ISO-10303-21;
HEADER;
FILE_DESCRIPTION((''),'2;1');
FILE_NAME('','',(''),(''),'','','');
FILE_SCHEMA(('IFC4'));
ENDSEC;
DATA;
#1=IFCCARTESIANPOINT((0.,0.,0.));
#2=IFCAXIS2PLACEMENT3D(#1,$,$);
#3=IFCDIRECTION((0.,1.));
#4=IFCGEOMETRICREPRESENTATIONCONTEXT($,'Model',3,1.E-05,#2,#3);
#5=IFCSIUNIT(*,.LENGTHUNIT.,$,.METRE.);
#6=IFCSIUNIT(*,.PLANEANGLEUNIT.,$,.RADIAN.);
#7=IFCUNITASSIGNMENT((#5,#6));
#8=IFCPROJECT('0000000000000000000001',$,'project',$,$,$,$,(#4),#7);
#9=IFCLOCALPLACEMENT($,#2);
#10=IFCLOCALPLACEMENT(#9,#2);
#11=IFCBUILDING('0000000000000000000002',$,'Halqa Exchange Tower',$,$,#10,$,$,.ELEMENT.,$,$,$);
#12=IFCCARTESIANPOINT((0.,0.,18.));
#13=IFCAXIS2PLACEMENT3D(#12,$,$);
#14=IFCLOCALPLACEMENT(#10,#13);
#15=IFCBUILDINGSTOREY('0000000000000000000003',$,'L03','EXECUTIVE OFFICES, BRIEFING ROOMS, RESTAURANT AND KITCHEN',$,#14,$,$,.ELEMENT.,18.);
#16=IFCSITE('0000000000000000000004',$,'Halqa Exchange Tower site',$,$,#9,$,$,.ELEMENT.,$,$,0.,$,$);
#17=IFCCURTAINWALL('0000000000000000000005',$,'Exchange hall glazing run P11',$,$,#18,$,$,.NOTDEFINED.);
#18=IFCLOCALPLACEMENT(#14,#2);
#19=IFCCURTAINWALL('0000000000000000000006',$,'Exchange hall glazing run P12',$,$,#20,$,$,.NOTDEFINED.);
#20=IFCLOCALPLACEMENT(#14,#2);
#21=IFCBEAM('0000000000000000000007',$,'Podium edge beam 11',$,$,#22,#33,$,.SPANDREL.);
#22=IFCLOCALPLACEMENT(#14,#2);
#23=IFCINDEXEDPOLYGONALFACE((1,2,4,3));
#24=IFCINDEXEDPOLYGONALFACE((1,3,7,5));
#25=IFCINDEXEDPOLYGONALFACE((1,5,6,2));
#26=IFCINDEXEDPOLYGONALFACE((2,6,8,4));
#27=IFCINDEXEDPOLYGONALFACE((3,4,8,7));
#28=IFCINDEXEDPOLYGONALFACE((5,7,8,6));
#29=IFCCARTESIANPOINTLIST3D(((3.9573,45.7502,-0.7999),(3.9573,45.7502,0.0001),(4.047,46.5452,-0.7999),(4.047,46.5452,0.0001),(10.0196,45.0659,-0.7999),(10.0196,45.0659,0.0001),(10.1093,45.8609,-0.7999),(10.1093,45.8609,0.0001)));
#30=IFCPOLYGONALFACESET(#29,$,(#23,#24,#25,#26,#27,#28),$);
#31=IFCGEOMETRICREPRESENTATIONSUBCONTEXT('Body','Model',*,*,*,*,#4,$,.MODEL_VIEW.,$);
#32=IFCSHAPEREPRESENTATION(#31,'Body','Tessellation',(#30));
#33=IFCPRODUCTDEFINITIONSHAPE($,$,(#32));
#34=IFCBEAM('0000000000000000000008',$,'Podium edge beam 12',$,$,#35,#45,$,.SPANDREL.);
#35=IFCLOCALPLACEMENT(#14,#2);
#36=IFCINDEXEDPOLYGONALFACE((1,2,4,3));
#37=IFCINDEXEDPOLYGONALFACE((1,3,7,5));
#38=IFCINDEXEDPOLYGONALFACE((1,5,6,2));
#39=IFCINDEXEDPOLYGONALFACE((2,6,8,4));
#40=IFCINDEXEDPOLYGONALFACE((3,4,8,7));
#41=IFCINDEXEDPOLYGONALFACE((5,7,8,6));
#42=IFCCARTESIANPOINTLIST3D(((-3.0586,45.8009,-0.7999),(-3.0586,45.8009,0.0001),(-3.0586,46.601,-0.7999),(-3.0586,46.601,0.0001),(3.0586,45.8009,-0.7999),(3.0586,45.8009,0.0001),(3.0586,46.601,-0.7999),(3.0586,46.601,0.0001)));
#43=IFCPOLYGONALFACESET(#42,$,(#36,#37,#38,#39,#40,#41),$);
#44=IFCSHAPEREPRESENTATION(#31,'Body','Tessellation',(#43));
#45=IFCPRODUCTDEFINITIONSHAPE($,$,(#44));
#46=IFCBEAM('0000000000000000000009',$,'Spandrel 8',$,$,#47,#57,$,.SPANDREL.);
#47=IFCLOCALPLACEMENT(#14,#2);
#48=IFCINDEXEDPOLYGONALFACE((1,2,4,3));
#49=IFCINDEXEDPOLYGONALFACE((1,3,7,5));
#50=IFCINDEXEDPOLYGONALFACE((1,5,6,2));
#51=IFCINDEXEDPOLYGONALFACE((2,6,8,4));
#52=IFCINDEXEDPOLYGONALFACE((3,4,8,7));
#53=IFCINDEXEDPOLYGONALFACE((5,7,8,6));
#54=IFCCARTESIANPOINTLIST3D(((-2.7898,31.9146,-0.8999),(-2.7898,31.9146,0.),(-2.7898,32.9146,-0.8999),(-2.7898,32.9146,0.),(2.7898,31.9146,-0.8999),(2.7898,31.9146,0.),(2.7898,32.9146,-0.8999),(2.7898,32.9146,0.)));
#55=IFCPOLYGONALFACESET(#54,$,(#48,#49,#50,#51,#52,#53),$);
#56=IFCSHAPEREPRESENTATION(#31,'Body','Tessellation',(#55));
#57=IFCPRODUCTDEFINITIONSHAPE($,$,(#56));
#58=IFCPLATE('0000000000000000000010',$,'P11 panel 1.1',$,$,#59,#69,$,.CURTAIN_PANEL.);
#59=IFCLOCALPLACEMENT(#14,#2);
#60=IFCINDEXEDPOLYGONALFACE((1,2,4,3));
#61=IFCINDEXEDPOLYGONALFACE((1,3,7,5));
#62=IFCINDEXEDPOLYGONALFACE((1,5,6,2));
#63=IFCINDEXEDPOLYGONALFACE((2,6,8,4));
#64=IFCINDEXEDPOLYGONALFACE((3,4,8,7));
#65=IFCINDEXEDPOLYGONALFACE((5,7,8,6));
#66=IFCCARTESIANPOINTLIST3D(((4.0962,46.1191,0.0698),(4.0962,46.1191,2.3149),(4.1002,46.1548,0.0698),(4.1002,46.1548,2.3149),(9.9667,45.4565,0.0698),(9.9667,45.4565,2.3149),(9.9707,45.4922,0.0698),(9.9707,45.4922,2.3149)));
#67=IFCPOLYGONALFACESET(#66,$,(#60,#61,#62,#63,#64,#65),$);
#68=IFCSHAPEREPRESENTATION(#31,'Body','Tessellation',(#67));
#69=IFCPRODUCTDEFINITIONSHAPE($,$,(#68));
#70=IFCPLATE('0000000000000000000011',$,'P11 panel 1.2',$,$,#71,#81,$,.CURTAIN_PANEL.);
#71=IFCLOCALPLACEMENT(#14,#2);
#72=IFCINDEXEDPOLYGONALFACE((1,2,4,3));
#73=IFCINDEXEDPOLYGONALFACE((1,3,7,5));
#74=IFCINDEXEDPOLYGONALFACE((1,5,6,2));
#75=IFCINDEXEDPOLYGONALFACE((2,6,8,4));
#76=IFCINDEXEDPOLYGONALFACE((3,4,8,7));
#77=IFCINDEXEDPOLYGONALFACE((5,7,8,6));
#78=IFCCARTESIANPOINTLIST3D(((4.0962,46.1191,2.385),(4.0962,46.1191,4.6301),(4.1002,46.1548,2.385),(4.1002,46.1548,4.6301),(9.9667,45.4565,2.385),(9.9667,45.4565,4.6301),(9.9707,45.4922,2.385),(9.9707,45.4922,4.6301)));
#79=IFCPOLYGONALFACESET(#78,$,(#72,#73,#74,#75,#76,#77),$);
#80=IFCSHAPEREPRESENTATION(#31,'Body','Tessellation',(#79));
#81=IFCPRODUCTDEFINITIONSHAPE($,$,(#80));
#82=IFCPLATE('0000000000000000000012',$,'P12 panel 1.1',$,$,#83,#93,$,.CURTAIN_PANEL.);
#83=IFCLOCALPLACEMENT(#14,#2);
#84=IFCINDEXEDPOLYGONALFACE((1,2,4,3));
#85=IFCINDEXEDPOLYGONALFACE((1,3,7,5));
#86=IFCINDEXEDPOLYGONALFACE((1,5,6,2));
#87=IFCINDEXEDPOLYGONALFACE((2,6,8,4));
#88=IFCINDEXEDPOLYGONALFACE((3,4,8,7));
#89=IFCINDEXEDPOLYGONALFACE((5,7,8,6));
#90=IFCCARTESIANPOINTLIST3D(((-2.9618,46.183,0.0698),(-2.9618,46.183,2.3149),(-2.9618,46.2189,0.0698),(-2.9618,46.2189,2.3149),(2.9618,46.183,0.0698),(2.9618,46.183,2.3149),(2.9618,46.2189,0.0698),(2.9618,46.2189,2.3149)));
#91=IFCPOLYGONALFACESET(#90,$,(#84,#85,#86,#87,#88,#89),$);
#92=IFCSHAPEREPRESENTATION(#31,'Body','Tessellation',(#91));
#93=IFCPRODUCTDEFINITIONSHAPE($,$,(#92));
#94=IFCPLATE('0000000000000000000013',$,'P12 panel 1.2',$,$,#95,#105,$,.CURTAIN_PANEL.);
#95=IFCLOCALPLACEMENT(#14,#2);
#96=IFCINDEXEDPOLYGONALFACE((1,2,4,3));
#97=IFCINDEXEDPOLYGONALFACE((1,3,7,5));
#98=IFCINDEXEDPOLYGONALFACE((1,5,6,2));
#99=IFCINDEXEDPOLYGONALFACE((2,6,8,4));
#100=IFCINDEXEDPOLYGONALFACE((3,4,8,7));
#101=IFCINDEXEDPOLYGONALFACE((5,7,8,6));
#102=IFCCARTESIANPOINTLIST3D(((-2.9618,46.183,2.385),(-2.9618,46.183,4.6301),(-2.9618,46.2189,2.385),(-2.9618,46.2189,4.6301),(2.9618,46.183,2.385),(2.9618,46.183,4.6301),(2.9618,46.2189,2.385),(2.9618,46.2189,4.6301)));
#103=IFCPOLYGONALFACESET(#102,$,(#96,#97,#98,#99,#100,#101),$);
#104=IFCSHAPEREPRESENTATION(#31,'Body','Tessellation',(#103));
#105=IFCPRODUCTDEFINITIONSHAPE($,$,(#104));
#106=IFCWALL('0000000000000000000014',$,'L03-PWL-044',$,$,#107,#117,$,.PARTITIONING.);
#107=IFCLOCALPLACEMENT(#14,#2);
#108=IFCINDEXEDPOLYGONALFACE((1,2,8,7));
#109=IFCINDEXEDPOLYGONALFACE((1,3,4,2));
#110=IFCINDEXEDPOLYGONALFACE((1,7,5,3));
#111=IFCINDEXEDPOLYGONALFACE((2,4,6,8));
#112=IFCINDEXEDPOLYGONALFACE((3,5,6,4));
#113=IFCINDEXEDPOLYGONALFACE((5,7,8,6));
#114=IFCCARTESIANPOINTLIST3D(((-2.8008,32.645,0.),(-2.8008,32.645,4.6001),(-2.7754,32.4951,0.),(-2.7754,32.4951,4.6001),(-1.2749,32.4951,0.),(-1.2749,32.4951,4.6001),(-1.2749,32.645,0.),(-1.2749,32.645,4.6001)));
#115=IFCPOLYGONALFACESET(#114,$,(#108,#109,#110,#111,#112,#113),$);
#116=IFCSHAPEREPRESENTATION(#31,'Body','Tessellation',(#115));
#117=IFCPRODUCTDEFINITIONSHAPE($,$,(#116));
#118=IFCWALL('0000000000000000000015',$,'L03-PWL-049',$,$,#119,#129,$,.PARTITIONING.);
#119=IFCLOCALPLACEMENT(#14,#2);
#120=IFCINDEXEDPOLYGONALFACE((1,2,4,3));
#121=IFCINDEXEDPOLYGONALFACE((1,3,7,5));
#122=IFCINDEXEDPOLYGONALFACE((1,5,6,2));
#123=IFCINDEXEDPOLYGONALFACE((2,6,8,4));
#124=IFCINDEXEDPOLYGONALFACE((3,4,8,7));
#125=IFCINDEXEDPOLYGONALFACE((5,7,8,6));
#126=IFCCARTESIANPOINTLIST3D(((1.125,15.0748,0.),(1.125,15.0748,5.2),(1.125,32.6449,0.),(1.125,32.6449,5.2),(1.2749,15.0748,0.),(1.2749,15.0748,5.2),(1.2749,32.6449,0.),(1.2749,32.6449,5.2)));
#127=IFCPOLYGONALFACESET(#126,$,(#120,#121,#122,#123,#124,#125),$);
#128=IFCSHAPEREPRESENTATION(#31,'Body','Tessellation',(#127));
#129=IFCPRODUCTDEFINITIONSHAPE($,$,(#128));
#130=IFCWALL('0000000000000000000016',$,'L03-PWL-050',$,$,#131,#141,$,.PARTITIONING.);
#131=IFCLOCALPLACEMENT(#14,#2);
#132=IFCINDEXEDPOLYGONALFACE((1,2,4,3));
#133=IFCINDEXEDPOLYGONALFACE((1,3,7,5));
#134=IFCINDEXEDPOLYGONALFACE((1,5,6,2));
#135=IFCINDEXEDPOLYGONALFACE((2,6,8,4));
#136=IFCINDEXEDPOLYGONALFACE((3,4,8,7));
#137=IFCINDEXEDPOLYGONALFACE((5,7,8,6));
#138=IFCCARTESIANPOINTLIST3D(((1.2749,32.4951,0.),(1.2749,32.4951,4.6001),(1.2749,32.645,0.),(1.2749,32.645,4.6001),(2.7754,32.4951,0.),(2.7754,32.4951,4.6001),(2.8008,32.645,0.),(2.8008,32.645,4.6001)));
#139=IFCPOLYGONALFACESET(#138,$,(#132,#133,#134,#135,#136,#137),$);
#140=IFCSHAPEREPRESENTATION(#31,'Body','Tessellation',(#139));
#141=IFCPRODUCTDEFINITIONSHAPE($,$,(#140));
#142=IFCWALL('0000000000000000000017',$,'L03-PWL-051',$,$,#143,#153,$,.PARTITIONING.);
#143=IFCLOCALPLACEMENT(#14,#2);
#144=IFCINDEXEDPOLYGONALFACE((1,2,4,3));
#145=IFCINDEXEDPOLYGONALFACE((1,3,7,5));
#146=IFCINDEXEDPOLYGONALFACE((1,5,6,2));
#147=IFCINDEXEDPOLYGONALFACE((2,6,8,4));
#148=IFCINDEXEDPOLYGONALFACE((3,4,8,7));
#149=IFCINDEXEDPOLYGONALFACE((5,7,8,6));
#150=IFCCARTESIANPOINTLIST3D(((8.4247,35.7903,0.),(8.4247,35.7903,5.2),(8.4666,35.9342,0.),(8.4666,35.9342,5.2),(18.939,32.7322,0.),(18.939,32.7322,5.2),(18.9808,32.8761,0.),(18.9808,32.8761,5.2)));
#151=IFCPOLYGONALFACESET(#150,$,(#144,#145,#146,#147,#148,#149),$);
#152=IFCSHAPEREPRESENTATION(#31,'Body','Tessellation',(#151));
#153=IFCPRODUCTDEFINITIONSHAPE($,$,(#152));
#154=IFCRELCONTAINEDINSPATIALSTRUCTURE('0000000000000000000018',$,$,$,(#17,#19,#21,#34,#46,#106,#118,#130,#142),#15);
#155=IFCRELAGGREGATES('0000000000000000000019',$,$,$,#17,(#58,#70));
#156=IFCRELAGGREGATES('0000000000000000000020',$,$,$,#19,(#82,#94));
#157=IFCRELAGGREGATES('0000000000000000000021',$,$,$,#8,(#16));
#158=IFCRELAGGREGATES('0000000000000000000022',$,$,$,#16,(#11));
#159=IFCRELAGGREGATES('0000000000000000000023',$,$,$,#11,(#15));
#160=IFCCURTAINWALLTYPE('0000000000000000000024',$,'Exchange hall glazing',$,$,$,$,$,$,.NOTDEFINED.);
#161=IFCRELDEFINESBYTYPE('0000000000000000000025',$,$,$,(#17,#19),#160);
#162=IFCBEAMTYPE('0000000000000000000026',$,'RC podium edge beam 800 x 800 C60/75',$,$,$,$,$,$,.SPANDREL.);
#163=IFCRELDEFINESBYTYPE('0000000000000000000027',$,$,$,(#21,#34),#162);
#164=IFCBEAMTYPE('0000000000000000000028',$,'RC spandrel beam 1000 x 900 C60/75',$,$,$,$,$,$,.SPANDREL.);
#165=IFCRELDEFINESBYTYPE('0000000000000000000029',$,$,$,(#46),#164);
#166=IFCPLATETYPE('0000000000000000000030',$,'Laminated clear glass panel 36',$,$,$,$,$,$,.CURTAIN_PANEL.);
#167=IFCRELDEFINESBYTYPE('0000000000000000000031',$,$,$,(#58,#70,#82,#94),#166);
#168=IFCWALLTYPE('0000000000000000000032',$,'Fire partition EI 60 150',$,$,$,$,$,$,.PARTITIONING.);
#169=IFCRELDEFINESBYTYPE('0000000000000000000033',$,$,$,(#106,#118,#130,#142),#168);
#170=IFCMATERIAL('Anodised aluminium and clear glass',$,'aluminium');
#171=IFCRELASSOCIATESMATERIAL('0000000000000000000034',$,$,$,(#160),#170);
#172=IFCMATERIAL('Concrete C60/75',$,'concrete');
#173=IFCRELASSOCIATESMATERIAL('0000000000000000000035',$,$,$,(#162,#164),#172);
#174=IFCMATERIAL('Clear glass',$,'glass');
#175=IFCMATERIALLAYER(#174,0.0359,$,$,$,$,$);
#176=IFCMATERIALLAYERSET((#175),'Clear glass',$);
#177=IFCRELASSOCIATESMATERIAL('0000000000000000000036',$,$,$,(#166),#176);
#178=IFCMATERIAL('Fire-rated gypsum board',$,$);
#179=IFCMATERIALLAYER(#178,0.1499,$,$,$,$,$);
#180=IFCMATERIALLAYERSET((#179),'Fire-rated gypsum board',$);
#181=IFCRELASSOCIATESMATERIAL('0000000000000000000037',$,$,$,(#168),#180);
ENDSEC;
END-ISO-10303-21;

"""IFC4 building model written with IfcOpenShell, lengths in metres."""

from ifc_helpers import new_model, si_unit, direction, frame, frame_2d, origin, origin_2d, place, context, subcontext, project, spatial, polyline, rectangle, outline, extrude, material, layer, layer_set, material_profile, profile_set, type_object, element, aggregate, save


model = new_model("IFC4")

# Units and contexts
model_context = context("Model", 3, precision=1e-05, world=origin(), true_north=direction((0.0, 1.0)))
body_context = subcontext(model_context, "Body", "Model", "MODEL_VIEW")
ifc_project = project(units=[si_unit("LENGTHUNIT", "METRE"), si_unit("PLANEANGLEUNIT", "RADIAN")], contexts=[model_context])

# Site, building, storey
site_placement = place(None, origin())
site = spatial("IfcSite", under=ifc_project, at=site_placement, Name="Halqa Exchange Tower site", CompositionType="ELEMENT", RefElevation=0.0)
building_placement = place(site_placement, origin())
building = spatial("IfcBuilding", under=site, at=building_placement, Name="Halqa Exchange Tower", CompositionType="ELEMENT")
storey_placement = place(building_placement, frame((0.0, 0.0, 18.0)))
storey = spatial("IfcBuildingStorey", under=building, at=storey_placement, Name="L03", Description="EXECUTIVE OFFICES, BRIEFING ROOMS, RESTAURANT AND KITCHEN", CompositionType="ELEMENT", Elevation=18.0)

# Shared definitions
ifc_material_1 = material(Name="Concrete C60/75", Category="concrete")

# Curtain wall
ifc_material_2 = material(Name="Anodised aluminium and clear glass", Category="aluminium")
curtain_wall_type = type_object("IfcCurtainWallType", Name="Exchange hall glazing", PredefinedType="NOTDEFINED", material=ifc_material_2)
curtain_wall_1_placement = place(storey_placement, origin())
curtain_wall_1 = element("IfcCurtainWall", 1, at=curtain_wall_1_placement, inside=storey, type_object=curtain_wall_type, Name="Exchange hall glazing run P11", PredefinedType="NOTDEFINED")

# Curtain wall
curtain_wall_2_placement = place(storey_placement, origin())
curtain_wall_2 = element("IfcCurtainWall", 2, at=curtain_wall_2_placement, inside=storey, type_object=curtain_wall_type, Name="Exchange hall glazing run P12", PredefinedType="NOTDEFINED")

# Beams
ifc_material_profile_1 = material_profile(ifc_material_1, rectangle(XDim=0.8, YDim=0.8, at=origin_2d()), Name="800 x 800")
ifc_profile_set_1 = profile_set([ifc_material_profile_1], Name="Concrete C60/75")
beam_type_1 = type_object("IfcBeamType", Name="RC podium edge beam 800 x 800 C60/75", PredefinedType="SPANDREL", material=ifc_profile_set_1)
beam_1_placement = place(storey_placement, frame((10.0645, 45.4634, -0.3999), z_axis=(-0.993689, 0.112171, 0.0), x_axis=(-0.112171, -0.993689, 0.0)))
element("IfcBeam", 3, at=beam_1_placement, inside=storey, type_object=beam_type_1, Name="Podium edge beam 11", PredefinedType="SPANDREL", context=body_context, shape_type="SweptSolid", body=[
    extrude(rectangle(XDim=0.8, YDim=0.8, at=origin_2d()), origin(), (0.0, 0.0, 1.0), 6.1008),
])
beam_2_placement = place(storey_placement, frame((3.0586, 46.2009, -0.3999), z_axis=(-1.0, 0.0, 0.0), x_axis=(0.0, -1.0, 0.0)))
element("IfcBeam", 4, at=beam_2_placement, inside=storey, type_object=beam_type_1, Name="Podium edge beam 12", PredefinedType="SPANDREL", context=body_context, shape_type="SweptSolid", body=[
    extrude(rectangle(XDim=0.8, YDim=0.8, at=origin_2d()), origin(), (0.0, 0.0, 1.0), 6.1172),
])
ifc_material_profile_2 = material_profile(ifc_material_1, rectangle(XDim=1.0, YDim=0.8999, at=origin_2d()), Name="1000 x 900")
ifc_profile_set_2 = profile_set([ifc_material_profile_2], Name="Concrete C60/75")
beam_type_2 = type_object("IfcBeamType", Name="RC spandrel beam 1000 x 900 C60/75", PredefinedType="SPANDREL", material=ifc_profile_set_2)
beam_3_placement = place(storey_placement, frame((2.7898, 32.4146, -0.45), z_axis=(-1.0, 0.0, 0.0), x_axis=(0.0, -1.0, 0.0)))
element("IfcBeam", 5, at=beam_3_placement, inside=storey, type_object=beam_type_2, Name="Spandrel 8", PredefinedType="SPANDREL", context=body_context, shape_type="SweptSolid", body=[
    extrude(rectangle(XDim=1.0, YDim=0.8999, at=origin_2d()), origin(), (0.0, 0.0, 1.0), 5.5796),
])

# Plates
ifc_material_3 = material(Name="Clear glass", Category="glass")
ifc_layer_1 = layer(ifc_material_3, 0.0359)
ifc_layer_set_1 = layer_set([ifc_layer_1], Name="Clear glass")
plate_type = type_object("IfcPlateType", Name="Laminated clear glass panel 36", PredefinedType="CURTAIN_PANEL", material=ifc_layer_set_1)
plate_1_placement = place(storey_placement, frame((7.0334, 45.8057, 0.0698), z_axis=(0.0, 0.0, 1.0), x_axis=(-0.99369, 0.112159, 0.0)))
plate_1 = element("IfcPlate", 6, at=plate_1_placement, type_object=plate_type, Name="P11 panel 1.1", PredefinedType="CURTAIN_PANEL", context=body_context, shape_type="SweptSolid", body=[
    extrude(rectangle(XDim=5.9077, YDim=0.0359, at=origin_2d()), origin(), (0.0, 0.0, 1.0), 2.2451),
])
plate_2_placement = place(storey_placement, frame((7.0334, 45.8057, 2.385), z_axis=(0.0, 0.0, 1.0), x_axis=(-0.99369, 0.112159, 0.0)))
plate_2 = element("IfcPlate", 7, at=plate_2_placement, type_object=plate_type, Name="P11 panel 1.2", PredefinedType="CURTAIN_PANEL", context=body_context, shape_type="SweptSolid", body=[
    extrude(rectangle(XDim=5.9077, YDim=0.0359, at=origin_2d()), origin(), (0.0, 0.0, 1.0), 2.2451),
])
aggregate(curtain_wall_1, [plate_1, plate_2])
plate_3_placement = place(storey_placement, frame((0.0, 46.2009, 0.0698), z_axis=(0.0, 0.0, 1.0), x_axis=(-1.0, 0.0, 0.0)))
plate_3 = element("IfcPlate", 8, at=plate_3_placement, type_object=plate_type, Name="P12 panel 1.1", PredefinedType="CURTAIN_PANEL", context=body_context, shape_type="SweptSolid", body=[
    extrude(rectangle(XDim=5.9236, YDim=0.0359, at=origin_2d()), origin(), (0.0, 0.0, 1.0), 2.2451),
])
plate_4_placement = place(storey_placement, frame((0.0, 46.2009, 2.385), z_axis=(0.0, 0.0, 1.0), x_axis=(-1.0, 0.0, 0.0)))
plate_4 = element("IfcPlate", 9, at=plate_4_placement, type_object=plate_type, Name="P12 panel 1.2", PredefinedType="CURTAIN_PANEL", context=body_context, shape_type="SweptSolid", body=[
    extrude(rectangle(XDim=5.9236, YDim=0.0359, at=origin_2d()), origin(), (0.0, 0.0, 1.0), 2.2451),
])
aggregate(curtain_wall_2, [plate_3, plate_4])

# Walls
ifc_material_4 = material(Name="Fire-rated gypsum board")
ifc_layer_2 = layer(ifc_material_4, 0.1499)
ifc_layer_set_2 = layer_set([ifc_layer_2], Name="Fire-rated gypsum board")
wall_type = type_object("IfcWallType", Name="Fire partition EI 60 150", PredefinedType="PARTITIONING", material=ifc_layer_set_2)
wall_1_placement = place(storey_placement, frame((-1.2749, 32.5701, 0.0), z_axis=(0.0, 0.0, 1.0), x_axis=(-1.0, 0.0, 0.0)))
element("IfcWall", 10, at=wall_1_placement, inside=storey, type_object=wall_type, Name="L03-PWL-044", PredefinedType="PARTITIONING", context=body_context, shape_type="SweptSolid", body=[
    extrude(outline(polyline([(0.0, -0.075), (1.5259, -0.075), (1.5005, 0.075), (0.0, 0.075), (0.0, -0.075)])), origin(), (0.0, 0.0, 1.0), 4.6001),
])
wall_2_placement = place(storey_placement, frame((1.2, 32.645, 0.0), z_axis=(0.0, 0.0, 1.0), x_axis=(0.0, -1.0, 0.0)))
element("IfcWall", 11, at=wall_2_placement, inside=storey, type_object=wall_type, Name="L03-PWL-049", PredefinedType="PARTITIONING", context=body_context, shape_type="SweptSolid", body=[
    extrude(rectangle(XDim=17.5701, YDim=0.1499, at=frame_2d((8.7852, 0.0))), origin(), (0.0, 0.0, 1.0), 5.2),
])
wall_3_placement = place(storey_placement, frame((2.7881, 32.5701, 0.0), z_axis=(0.0, 0.0, 1.0), x_axis=(-1.0, 0.0, 0.0)))
element("IfcWall", 12, at=wall_3_placement, inside=storey, type_object=wall_type, Name="L03-PWL-050", PredefinedType="PARTITIONING", context=body_context, shape_type="SweptSolid", body=[
    extrude(outline(polyline([(-0.0127, -0.075), (1.5132, -0.075), (1.5132, 0.075), (0.0127, 0.075), (-0.0127, -0.075)])), origin(), (0.0, 0.0, 1.0), 4.6001),
])
wall_4_placement = place(storey_placement, frame((8.4456, 35.8623, 0.0), z_axis=(0.0, 0.0, 1.0), x_axis=(0.960209, -0.279282, 0.0)))
element("IfcWall", 13, at=wall_4_placement, inside=storey, type_object=wall_type, Name="L03-PWL-051", PredefinedType="PARTITIONING", context=body_context, shape_type="SweptSolid", body=[
    extrude(rectangle(XDim=10.95, YDim=0.1499, at=frame_2d((5.4751, 0.0))), origin(), (0.0, 0.0, 1.0), 5.2),
])

save(model, "model.ifc")
